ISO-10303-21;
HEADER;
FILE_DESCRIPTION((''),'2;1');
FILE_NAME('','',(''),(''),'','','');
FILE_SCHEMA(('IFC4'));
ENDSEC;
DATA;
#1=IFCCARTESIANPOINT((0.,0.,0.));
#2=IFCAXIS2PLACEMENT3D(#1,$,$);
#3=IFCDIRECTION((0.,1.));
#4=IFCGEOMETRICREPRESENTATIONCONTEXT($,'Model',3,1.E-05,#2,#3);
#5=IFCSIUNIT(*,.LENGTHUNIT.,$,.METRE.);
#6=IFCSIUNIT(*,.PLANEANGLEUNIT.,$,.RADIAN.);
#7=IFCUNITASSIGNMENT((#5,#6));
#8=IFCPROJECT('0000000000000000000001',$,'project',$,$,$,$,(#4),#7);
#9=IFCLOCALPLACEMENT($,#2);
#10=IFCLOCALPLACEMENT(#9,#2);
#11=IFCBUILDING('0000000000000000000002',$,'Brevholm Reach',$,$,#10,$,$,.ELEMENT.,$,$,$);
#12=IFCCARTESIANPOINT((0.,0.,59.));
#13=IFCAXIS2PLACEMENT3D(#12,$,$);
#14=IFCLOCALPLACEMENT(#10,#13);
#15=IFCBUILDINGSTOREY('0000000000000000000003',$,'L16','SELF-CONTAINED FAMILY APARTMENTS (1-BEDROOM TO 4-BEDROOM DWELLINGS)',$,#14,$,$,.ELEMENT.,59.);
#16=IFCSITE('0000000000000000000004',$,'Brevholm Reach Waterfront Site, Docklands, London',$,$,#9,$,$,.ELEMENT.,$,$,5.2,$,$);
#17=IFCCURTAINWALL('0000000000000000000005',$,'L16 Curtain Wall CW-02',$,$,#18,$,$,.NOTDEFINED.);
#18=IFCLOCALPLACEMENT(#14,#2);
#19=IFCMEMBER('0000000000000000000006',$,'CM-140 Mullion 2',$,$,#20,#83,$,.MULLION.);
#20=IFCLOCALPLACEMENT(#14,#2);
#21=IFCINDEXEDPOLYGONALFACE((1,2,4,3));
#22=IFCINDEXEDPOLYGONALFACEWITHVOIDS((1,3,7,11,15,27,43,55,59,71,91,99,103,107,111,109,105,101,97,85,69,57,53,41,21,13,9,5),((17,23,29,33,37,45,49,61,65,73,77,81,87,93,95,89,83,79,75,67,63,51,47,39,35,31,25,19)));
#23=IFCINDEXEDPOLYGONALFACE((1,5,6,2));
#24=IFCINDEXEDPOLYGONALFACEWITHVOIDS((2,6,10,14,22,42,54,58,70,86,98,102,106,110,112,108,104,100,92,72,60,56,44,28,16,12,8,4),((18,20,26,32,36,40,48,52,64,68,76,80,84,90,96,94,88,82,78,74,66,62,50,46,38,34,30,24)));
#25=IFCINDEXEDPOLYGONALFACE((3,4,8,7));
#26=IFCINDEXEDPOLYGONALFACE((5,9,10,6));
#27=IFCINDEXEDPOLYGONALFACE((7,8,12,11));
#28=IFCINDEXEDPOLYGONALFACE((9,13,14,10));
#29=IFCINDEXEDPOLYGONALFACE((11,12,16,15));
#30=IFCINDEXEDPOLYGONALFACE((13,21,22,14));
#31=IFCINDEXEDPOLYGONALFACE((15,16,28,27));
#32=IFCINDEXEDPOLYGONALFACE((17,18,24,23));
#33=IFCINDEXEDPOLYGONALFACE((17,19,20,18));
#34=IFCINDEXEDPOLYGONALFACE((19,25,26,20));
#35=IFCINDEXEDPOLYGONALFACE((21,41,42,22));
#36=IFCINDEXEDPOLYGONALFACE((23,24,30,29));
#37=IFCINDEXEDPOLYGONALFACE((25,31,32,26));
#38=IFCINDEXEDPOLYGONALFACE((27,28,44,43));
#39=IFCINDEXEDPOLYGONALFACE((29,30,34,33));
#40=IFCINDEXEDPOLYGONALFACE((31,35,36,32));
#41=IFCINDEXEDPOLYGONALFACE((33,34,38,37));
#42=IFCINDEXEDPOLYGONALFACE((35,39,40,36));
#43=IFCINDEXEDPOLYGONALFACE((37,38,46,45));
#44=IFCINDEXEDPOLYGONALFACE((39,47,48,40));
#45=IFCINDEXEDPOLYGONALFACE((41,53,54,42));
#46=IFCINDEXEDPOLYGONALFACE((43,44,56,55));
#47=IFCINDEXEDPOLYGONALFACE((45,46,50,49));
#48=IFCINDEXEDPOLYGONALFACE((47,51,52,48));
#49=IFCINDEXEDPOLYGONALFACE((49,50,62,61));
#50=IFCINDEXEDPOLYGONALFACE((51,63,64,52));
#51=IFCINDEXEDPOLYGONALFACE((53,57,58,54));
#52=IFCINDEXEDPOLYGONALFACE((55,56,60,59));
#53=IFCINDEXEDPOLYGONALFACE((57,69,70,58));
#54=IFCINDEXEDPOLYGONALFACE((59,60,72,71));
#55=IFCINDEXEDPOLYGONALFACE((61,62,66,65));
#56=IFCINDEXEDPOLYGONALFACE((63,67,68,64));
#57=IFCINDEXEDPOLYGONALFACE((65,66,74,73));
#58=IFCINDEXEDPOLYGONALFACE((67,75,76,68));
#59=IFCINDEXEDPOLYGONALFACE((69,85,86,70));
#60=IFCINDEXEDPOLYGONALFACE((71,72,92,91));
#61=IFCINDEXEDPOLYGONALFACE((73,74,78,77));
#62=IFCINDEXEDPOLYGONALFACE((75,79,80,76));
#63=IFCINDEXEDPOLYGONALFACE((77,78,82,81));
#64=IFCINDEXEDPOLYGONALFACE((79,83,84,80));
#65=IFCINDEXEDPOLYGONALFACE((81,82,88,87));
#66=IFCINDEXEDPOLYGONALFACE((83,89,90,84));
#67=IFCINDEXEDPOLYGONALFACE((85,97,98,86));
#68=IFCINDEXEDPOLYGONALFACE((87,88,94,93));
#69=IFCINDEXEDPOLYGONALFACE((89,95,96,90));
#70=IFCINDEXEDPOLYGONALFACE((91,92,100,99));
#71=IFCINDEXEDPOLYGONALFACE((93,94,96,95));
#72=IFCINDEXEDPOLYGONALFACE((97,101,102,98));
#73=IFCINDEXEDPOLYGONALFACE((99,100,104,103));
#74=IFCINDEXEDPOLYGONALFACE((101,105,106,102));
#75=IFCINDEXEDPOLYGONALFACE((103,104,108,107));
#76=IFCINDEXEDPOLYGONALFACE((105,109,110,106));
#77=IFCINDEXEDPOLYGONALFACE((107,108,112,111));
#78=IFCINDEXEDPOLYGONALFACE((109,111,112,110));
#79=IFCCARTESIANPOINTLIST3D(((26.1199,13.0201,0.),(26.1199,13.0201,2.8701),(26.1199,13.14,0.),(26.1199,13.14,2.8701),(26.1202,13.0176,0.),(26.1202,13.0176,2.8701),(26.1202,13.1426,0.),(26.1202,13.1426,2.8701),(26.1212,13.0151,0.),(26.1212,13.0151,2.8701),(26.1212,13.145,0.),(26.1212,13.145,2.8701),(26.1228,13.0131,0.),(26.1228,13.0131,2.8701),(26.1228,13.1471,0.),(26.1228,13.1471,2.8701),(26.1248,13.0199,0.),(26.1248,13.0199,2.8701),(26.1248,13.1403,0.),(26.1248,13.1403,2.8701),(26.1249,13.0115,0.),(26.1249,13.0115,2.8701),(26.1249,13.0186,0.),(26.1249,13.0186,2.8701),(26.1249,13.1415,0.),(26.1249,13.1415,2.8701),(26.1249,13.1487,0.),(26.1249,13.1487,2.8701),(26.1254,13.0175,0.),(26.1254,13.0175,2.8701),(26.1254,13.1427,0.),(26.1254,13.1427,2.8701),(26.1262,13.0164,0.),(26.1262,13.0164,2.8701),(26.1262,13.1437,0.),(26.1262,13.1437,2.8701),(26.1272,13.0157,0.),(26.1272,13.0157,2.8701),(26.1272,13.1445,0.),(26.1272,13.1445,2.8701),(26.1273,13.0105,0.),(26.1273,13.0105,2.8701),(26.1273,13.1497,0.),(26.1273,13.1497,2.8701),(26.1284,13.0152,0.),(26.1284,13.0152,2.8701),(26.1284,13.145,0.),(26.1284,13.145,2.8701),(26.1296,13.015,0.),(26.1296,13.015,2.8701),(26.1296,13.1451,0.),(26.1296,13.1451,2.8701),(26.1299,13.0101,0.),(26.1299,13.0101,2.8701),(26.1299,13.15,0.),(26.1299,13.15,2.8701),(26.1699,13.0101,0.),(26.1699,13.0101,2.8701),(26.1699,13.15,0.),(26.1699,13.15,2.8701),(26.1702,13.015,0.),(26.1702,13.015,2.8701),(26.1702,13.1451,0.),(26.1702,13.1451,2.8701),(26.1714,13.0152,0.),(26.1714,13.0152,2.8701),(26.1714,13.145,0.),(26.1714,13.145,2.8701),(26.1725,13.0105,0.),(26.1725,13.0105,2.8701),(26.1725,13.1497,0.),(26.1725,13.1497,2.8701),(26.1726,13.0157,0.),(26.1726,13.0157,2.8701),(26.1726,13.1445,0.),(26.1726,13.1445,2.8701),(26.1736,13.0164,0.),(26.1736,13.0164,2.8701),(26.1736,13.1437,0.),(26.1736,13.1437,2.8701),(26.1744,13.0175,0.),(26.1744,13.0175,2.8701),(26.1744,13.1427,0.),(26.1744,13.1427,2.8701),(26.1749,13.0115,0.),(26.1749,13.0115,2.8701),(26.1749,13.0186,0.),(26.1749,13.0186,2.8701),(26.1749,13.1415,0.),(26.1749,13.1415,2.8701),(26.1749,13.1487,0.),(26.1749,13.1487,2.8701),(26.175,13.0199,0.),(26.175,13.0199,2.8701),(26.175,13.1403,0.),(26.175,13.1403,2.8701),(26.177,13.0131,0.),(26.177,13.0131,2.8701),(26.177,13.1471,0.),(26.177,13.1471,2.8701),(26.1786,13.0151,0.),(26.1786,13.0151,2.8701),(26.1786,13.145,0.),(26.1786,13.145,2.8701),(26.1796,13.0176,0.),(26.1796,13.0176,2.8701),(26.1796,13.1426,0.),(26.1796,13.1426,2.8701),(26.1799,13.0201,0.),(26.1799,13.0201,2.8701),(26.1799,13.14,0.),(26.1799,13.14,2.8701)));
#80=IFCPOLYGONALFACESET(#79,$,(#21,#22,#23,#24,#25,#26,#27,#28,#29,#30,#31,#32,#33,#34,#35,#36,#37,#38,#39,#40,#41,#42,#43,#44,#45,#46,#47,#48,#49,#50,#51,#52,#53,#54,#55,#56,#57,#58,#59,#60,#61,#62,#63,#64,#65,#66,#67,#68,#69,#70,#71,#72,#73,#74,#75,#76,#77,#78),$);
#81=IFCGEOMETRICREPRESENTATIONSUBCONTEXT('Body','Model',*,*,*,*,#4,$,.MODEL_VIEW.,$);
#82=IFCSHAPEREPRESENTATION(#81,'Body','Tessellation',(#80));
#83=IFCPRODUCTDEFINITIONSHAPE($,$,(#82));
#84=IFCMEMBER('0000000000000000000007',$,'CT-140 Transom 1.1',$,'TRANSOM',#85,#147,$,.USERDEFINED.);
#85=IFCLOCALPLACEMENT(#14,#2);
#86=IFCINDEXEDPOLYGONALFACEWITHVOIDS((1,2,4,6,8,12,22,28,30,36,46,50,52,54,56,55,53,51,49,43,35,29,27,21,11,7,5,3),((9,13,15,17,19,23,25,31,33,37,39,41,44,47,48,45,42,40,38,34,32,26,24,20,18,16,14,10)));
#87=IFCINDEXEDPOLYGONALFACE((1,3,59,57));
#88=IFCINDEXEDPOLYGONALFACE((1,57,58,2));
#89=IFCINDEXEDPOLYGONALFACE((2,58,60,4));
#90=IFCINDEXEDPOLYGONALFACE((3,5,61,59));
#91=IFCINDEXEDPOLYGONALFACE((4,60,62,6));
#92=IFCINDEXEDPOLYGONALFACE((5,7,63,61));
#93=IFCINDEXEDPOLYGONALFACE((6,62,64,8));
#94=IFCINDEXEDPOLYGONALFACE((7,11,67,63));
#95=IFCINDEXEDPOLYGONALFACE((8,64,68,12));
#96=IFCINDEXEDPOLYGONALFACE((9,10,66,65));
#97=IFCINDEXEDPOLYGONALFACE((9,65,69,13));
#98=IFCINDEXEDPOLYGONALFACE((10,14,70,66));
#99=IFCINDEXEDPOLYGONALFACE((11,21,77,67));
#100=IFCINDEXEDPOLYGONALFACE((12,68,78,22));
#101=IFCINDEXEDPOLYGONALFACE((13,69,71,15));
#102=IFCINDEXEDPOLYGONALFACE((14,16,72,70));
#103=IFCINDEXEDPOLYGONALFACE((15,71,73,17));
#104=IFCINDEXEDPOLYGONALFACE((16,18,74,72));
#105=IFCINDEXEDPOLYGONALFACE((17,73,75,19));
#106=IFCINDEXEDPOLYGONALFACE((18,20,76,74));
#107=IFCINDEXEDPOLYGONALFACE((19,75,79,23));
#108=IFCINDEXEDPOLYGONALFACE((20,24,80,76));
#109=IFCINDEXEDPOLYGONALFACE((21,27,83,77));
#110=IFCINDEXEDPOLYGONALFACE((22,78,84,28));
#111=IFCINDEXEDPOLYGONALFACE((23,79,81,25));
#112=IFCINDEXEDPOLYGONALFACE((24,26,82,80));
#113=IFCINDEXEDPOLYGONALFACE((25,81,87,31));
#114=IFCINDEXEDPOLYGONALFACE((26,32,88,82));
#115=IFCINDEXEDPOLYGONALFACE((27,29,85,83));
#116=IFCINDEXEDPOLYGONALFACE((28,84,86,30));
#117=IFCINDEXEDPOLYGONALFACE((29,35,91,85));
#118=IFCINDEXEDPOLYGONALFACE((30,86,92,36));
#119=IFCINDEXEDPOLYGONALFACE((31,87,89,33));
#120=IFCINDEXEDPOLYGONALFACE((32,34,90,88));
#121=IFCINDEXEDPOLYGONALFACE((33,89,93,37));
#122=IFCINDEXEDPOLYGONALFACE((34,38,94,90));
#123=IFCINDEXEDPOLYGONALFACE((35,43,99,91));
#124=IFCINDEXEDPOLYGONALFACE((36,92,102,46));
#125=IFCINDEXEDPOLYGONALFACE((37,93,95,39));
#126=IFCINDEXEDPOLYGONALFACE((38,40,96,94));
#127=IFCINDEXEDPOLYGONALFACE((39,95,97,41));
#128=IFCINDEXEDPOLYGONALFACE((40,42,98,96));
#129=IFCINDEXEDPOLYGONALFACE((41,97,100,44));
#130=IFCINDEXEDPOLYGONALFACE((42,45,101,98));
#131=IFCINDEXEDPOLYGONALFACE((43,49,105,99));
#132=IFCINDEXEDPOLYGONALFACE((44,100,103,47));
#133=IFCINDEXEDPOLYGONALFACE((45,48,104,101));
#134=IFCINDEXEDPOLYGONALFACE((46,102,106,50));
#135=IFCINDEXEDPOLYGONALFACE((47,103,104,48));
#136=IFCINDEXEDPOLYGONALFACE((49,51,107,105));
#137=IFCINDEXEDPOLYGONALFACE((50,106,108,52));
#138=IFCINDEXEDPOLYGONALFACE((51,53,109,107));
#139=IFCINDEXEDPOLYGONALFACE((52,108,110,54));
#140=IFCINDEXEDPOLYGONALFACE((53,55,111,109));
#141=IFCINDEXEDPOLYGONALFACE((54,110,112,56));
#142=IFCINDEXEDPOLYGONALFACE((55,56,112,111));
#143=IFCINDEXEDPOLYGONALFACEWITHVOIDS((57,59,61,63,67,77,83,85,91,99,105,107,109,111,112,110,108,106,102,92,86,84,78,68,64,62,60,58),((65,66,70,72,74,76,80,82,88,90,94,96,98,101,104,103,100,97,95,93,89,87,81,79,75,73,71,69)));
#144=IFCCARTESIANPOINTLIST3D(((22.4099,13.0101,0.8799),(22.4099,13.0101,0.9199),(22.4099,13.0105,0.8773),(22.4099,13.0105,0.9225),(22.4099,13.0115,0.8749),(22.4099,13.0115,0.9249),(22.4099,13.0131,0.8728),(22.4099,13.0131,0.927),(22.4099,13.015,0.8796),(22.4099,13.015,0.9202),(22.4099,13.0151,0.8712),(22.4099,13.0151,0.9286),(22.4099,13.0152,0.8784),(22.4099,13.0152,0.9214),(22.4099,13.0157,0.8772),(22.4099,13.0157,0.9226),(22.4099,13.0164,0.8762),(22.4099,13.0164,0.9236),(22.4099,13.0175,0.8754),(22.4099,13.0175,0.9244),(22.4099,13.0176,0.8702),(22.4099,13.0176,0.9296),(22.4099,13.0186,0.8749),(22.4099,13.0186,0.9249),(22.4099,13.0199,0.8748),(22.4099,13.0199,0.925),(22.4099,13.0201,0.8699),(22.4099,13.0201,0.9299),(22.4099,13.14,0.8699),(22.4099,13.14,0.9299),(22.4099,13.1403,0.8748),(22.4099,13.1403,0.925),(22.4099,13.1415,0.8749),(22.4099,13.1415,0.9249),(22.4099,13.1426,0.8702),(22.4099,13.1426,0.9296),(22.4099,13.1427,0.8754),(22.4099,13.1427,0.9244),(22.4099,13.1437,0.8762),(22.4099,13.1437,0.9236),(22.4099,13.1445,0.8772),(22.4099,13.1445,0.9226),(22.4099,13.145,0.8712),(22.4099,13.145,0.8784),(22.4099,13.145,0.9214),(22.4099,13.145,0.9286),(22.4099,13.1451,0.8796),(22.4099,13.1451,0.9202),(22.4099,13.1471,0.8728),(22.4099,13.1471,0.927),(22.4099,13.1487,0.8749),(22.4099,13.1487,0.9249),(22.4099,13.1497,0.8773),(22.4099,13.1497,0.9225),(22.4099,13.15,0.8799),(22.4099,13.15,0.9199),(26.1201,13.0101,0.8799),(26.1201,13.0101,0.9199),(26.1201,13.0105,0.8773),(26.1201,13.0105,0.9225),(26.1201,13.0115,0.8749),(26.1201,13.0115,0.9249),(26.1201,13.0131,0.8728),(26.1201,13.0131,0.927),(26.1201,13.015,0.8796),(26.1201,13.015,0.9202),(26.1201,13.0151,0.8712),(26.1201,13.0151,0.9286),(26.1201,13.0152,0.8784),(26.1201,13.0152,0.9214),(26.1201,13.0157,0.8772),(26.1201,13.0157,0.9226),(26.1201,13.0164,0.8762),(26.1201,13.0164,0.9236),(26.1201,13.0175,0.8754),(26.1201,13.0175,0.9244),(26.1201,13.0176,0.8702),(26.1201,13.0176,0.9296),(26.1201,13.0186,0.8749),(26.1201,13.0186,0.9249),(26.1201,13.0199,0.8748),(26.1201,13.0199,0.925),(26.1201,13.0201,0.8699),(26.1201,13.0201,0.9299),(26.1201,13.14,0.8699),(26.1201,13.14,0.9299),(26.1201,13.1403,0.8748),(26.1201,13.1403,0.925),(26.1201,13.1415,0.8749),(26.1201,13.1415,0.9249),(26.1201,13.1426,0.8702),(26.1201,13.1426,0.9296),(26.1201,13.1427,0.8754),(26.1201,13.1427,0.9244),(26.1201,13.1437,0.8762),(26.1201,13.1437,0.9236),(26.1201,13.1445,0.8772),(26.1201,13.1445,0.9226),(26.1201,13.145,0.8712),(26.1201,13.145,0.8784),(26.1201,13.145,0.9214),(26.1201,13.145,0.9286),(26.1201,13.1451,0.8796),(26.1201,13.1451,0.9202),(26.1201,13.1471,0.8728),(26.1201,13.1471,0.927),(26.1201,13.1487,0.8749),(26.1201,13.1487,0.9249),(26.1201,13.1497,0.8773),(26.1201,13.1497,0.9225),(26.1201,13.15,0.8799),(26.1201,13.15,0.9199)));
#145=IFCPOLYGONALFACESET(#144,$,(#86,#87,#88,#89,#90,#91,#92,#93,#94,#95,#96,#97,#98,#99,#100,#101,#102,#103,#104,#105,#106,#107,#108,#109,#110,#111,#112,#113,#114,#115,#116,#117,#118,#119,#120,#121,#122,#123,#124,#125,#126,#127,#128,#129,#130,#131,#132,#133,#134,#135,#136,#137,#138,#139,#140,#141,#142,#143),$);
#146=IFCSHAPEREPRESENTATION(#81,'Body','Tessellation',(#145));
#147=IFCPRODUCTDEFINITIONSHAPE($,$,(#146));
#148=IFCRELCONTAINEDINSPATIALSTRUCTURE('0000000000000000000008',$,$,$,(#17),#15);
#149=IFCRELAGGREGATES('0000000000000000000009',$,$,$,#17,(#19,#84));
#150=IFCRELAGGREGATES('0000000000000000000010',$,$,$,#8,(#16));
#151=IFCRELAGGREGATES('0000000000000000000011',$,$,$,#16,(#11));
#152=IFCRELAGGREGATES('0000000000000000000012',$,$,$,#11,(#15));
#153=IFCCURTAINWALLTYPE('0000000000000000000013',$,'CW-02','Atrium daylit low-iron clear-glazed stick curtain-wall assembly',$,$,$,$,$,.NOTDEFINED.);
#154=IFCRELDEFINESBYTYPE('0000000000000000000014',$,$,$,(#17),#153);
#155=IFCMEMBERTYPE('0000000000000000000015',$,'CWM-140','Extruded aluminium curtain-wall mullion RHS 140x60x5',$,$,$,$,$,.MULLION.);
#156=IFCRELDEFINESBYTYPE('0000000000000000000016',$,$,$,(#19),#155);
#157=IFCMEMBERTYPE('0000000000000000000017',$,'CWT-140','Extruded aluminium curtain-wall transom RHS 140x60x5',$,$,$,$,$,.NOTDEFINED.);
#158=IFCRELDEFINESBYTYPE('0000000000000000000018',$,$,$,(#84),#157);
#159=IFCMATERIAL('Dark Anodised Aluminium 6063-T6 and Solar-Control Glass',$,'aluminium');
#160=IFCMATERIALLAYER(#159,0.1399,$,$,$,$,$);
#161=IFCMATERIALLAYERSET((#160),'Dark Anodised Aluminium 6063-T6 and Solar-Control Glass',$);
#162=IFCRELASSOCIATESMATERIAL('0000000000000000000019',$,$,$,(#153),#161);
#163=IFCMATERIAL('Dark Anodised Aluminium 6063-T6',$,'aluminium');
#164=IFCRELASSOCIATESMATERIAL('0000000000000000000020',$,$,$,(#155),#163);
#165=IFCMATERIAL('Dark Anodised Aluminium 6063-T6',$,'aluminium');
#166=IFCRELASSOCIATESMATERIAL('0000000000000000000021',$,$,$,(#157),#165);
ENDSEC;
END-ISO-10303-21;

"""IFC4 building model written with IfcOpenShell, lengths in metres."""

from ifc_helpers import new_model, si_unit, direction, frame, origin, origin_2d, place, context, subcontext, project, spatial, hollow_rectangle, extrude, material, layer, layer_set, material_profile, profile_set, type_object, element, aggregate, save


model = new_model("IFC4")

# Units and contexts
model_context = context("Model", 3, precision=1e-05, world=origin(), true_north=direction((0.0, 1.0)))
body_context = subcontext(model_context, "Body", "Model", "MODEL_VIEW")
ifc_project = project(units=[si_unit("LENGTHUNIT", "METRE"), si_unit("PLANEANGLEUNIT", "RADIAN")], contexts=[model_context])

# Site, building, storey
site_placement = place(None, origin())
site = spatial("IfcSite", under=ifc_project, at=site_placement, Name="Brevholm Reach Waterfront Site, Docklands, London", CompositionType="ELEMENT", RefElevation=5.2)
building_placement = place(site_placement, origin())
building = spatial("IfcBuilding", under=site, at=building_placement, Name="Brevholm Reach", CompositionType="ELEMENT")
storey_placement = place(building_placement, frame((0.0, 0.0, 59.0)))
storey = spatial("IfcBuildingStorey", under=building, at=storey_placement, Name="L16", Description="SELF-CONTAINED FAMILY APARTMENTS (1-BEDROOM TO 4-BEDROOM DWELLINGS)", CompositionType="ELEMENT", Elevation=59.0)

# Curtain wall, members
ifc_material_1 = material(Name="Dark Anodised Aluminium 6063-T6 and Solar-Control Glass", Category="aluminium")
ifc_layer_1 = layer(ifc_material_1, 0.1399)
ifc_layer_set_1 = layer_set([ifc_layer_1], Name="Dark Anodised Aluminium 6063-T6 and Solar-Control Glass")
curtain_wall_type = type_object("IfcCurtainWallType", Name="CW-02", Description="Atrium daylit low-iron clear-glazed stick curtain-wall assembly", PredefinedType="NOTDEFINED", material=ifc_layer_set_1)
curtain_wall_placement = place(storey_placement, origin())
curtain_wall = element("IfcCurtainWall", 1, at=curtain_wall_placement, inside=storey, type_object=curtain_wall_type, Name="L16 Curtain Wall CW-02", PredefinedType="NOTDEFINED")
ifc_material_2 = material(Name="Dark Anodised Aluminium 6063-T6", Category="aluminium")
ifc_material_profile_1 = material_profile(ifc_material_2, hollow_rectangle(XDim=0.0601, YDim=0.1399, WallThickness=0.0049, InnerFilletRadius=0.0049, OuterFilletRadius=0.01, at=origin_2d()), Name="RHS 140x60x5")
ifc_profile_set_1 = profile_set([ifc_material_profile_1], Name="Dark Anodised Aluminium 6063-T6")
member_type_1 = type_object("IfcMemberType", Name="CWM-140", Description="Extruded aluminium curtain-wall mullion RHS 140x60x5", PredefinedType="MULLION", material=ifc_profile_set_1)
member_1_placement = place(storey_placement, frame((26.1499, 13.0801, 0.0), z_axis=(0.0, 0.0, 1.0), x_axis=(1.0, 0.0, 0.0)))
member_1 = element("IfcMember", 2, at=member_1_placement, type_object=member_type_1, Name="CM-140 Mullion 2", PredefinedType="MULLION", context=body_context, shape_type="SweptSolid", body=[
    extrude(hollow_rectangle(XDim=0.0601, YDim=0.1399, WallThickness=0.0049, InnerFilletRadius=0.0049, OuterFilletRadius=0.01, at=origin_2d()), origin(), (0.0, 0.0, 1.0), 2.8701),
])
ifc_material_3 = material(Name="Dark Anodised Aluminium 6063-T6", Category="aluminium")
ifc_material_profile_2 = material_profile(ifc_material_3, hollow_rectangle(XDim=0.0601, YDim=0.1399, WallThickness=0.0049, InnerFilletRadius=0.0049, OuterFilletRadius=0.01, at=origin_2d()), Name="RHS 140x60x5")
ifc_profile_set_2 = profile_set([ifc_material_profile_2], Name="Dark Anodised Aluminium 6063-T6")
member_type_2 = type_object("IfcMemberType", Name="CWT-140", Description="Extruded aluminium curtain-wall transom RHS 140x60x5", PredefinedType="NOTDEFINED", material=ifc_profile_set_2)
member_2_placement = place(storey_placement, frame((22.4099, 13.0801, 0.8999), z_axis=(1.0, 0.0, 0.0), x_axis=(0.0, 0.0, 1.0)))
member_2 = element("IfcMember", 3, at=member_2_placement, type_object=member_type_2, Name="CT-140 Transom 1.1", ObjectType="TRANSOM", PredefinedType="USERDEFINED", context=body_context, shape_type="SweptSolid", body=[
    extrude(hollow_rectangle(XDim=0.0601, YDim=0.1399, WallThickness=0.0049, InnerFilletRadius=0.0049, OuterFilletRadius=0.01, at=origin_2d()), origin(), (0.0, 0.0, 1.0), 3.7102),
])
aggregate(curtain_wall, [member_1, member_2])

save(model, "model.ifc")
